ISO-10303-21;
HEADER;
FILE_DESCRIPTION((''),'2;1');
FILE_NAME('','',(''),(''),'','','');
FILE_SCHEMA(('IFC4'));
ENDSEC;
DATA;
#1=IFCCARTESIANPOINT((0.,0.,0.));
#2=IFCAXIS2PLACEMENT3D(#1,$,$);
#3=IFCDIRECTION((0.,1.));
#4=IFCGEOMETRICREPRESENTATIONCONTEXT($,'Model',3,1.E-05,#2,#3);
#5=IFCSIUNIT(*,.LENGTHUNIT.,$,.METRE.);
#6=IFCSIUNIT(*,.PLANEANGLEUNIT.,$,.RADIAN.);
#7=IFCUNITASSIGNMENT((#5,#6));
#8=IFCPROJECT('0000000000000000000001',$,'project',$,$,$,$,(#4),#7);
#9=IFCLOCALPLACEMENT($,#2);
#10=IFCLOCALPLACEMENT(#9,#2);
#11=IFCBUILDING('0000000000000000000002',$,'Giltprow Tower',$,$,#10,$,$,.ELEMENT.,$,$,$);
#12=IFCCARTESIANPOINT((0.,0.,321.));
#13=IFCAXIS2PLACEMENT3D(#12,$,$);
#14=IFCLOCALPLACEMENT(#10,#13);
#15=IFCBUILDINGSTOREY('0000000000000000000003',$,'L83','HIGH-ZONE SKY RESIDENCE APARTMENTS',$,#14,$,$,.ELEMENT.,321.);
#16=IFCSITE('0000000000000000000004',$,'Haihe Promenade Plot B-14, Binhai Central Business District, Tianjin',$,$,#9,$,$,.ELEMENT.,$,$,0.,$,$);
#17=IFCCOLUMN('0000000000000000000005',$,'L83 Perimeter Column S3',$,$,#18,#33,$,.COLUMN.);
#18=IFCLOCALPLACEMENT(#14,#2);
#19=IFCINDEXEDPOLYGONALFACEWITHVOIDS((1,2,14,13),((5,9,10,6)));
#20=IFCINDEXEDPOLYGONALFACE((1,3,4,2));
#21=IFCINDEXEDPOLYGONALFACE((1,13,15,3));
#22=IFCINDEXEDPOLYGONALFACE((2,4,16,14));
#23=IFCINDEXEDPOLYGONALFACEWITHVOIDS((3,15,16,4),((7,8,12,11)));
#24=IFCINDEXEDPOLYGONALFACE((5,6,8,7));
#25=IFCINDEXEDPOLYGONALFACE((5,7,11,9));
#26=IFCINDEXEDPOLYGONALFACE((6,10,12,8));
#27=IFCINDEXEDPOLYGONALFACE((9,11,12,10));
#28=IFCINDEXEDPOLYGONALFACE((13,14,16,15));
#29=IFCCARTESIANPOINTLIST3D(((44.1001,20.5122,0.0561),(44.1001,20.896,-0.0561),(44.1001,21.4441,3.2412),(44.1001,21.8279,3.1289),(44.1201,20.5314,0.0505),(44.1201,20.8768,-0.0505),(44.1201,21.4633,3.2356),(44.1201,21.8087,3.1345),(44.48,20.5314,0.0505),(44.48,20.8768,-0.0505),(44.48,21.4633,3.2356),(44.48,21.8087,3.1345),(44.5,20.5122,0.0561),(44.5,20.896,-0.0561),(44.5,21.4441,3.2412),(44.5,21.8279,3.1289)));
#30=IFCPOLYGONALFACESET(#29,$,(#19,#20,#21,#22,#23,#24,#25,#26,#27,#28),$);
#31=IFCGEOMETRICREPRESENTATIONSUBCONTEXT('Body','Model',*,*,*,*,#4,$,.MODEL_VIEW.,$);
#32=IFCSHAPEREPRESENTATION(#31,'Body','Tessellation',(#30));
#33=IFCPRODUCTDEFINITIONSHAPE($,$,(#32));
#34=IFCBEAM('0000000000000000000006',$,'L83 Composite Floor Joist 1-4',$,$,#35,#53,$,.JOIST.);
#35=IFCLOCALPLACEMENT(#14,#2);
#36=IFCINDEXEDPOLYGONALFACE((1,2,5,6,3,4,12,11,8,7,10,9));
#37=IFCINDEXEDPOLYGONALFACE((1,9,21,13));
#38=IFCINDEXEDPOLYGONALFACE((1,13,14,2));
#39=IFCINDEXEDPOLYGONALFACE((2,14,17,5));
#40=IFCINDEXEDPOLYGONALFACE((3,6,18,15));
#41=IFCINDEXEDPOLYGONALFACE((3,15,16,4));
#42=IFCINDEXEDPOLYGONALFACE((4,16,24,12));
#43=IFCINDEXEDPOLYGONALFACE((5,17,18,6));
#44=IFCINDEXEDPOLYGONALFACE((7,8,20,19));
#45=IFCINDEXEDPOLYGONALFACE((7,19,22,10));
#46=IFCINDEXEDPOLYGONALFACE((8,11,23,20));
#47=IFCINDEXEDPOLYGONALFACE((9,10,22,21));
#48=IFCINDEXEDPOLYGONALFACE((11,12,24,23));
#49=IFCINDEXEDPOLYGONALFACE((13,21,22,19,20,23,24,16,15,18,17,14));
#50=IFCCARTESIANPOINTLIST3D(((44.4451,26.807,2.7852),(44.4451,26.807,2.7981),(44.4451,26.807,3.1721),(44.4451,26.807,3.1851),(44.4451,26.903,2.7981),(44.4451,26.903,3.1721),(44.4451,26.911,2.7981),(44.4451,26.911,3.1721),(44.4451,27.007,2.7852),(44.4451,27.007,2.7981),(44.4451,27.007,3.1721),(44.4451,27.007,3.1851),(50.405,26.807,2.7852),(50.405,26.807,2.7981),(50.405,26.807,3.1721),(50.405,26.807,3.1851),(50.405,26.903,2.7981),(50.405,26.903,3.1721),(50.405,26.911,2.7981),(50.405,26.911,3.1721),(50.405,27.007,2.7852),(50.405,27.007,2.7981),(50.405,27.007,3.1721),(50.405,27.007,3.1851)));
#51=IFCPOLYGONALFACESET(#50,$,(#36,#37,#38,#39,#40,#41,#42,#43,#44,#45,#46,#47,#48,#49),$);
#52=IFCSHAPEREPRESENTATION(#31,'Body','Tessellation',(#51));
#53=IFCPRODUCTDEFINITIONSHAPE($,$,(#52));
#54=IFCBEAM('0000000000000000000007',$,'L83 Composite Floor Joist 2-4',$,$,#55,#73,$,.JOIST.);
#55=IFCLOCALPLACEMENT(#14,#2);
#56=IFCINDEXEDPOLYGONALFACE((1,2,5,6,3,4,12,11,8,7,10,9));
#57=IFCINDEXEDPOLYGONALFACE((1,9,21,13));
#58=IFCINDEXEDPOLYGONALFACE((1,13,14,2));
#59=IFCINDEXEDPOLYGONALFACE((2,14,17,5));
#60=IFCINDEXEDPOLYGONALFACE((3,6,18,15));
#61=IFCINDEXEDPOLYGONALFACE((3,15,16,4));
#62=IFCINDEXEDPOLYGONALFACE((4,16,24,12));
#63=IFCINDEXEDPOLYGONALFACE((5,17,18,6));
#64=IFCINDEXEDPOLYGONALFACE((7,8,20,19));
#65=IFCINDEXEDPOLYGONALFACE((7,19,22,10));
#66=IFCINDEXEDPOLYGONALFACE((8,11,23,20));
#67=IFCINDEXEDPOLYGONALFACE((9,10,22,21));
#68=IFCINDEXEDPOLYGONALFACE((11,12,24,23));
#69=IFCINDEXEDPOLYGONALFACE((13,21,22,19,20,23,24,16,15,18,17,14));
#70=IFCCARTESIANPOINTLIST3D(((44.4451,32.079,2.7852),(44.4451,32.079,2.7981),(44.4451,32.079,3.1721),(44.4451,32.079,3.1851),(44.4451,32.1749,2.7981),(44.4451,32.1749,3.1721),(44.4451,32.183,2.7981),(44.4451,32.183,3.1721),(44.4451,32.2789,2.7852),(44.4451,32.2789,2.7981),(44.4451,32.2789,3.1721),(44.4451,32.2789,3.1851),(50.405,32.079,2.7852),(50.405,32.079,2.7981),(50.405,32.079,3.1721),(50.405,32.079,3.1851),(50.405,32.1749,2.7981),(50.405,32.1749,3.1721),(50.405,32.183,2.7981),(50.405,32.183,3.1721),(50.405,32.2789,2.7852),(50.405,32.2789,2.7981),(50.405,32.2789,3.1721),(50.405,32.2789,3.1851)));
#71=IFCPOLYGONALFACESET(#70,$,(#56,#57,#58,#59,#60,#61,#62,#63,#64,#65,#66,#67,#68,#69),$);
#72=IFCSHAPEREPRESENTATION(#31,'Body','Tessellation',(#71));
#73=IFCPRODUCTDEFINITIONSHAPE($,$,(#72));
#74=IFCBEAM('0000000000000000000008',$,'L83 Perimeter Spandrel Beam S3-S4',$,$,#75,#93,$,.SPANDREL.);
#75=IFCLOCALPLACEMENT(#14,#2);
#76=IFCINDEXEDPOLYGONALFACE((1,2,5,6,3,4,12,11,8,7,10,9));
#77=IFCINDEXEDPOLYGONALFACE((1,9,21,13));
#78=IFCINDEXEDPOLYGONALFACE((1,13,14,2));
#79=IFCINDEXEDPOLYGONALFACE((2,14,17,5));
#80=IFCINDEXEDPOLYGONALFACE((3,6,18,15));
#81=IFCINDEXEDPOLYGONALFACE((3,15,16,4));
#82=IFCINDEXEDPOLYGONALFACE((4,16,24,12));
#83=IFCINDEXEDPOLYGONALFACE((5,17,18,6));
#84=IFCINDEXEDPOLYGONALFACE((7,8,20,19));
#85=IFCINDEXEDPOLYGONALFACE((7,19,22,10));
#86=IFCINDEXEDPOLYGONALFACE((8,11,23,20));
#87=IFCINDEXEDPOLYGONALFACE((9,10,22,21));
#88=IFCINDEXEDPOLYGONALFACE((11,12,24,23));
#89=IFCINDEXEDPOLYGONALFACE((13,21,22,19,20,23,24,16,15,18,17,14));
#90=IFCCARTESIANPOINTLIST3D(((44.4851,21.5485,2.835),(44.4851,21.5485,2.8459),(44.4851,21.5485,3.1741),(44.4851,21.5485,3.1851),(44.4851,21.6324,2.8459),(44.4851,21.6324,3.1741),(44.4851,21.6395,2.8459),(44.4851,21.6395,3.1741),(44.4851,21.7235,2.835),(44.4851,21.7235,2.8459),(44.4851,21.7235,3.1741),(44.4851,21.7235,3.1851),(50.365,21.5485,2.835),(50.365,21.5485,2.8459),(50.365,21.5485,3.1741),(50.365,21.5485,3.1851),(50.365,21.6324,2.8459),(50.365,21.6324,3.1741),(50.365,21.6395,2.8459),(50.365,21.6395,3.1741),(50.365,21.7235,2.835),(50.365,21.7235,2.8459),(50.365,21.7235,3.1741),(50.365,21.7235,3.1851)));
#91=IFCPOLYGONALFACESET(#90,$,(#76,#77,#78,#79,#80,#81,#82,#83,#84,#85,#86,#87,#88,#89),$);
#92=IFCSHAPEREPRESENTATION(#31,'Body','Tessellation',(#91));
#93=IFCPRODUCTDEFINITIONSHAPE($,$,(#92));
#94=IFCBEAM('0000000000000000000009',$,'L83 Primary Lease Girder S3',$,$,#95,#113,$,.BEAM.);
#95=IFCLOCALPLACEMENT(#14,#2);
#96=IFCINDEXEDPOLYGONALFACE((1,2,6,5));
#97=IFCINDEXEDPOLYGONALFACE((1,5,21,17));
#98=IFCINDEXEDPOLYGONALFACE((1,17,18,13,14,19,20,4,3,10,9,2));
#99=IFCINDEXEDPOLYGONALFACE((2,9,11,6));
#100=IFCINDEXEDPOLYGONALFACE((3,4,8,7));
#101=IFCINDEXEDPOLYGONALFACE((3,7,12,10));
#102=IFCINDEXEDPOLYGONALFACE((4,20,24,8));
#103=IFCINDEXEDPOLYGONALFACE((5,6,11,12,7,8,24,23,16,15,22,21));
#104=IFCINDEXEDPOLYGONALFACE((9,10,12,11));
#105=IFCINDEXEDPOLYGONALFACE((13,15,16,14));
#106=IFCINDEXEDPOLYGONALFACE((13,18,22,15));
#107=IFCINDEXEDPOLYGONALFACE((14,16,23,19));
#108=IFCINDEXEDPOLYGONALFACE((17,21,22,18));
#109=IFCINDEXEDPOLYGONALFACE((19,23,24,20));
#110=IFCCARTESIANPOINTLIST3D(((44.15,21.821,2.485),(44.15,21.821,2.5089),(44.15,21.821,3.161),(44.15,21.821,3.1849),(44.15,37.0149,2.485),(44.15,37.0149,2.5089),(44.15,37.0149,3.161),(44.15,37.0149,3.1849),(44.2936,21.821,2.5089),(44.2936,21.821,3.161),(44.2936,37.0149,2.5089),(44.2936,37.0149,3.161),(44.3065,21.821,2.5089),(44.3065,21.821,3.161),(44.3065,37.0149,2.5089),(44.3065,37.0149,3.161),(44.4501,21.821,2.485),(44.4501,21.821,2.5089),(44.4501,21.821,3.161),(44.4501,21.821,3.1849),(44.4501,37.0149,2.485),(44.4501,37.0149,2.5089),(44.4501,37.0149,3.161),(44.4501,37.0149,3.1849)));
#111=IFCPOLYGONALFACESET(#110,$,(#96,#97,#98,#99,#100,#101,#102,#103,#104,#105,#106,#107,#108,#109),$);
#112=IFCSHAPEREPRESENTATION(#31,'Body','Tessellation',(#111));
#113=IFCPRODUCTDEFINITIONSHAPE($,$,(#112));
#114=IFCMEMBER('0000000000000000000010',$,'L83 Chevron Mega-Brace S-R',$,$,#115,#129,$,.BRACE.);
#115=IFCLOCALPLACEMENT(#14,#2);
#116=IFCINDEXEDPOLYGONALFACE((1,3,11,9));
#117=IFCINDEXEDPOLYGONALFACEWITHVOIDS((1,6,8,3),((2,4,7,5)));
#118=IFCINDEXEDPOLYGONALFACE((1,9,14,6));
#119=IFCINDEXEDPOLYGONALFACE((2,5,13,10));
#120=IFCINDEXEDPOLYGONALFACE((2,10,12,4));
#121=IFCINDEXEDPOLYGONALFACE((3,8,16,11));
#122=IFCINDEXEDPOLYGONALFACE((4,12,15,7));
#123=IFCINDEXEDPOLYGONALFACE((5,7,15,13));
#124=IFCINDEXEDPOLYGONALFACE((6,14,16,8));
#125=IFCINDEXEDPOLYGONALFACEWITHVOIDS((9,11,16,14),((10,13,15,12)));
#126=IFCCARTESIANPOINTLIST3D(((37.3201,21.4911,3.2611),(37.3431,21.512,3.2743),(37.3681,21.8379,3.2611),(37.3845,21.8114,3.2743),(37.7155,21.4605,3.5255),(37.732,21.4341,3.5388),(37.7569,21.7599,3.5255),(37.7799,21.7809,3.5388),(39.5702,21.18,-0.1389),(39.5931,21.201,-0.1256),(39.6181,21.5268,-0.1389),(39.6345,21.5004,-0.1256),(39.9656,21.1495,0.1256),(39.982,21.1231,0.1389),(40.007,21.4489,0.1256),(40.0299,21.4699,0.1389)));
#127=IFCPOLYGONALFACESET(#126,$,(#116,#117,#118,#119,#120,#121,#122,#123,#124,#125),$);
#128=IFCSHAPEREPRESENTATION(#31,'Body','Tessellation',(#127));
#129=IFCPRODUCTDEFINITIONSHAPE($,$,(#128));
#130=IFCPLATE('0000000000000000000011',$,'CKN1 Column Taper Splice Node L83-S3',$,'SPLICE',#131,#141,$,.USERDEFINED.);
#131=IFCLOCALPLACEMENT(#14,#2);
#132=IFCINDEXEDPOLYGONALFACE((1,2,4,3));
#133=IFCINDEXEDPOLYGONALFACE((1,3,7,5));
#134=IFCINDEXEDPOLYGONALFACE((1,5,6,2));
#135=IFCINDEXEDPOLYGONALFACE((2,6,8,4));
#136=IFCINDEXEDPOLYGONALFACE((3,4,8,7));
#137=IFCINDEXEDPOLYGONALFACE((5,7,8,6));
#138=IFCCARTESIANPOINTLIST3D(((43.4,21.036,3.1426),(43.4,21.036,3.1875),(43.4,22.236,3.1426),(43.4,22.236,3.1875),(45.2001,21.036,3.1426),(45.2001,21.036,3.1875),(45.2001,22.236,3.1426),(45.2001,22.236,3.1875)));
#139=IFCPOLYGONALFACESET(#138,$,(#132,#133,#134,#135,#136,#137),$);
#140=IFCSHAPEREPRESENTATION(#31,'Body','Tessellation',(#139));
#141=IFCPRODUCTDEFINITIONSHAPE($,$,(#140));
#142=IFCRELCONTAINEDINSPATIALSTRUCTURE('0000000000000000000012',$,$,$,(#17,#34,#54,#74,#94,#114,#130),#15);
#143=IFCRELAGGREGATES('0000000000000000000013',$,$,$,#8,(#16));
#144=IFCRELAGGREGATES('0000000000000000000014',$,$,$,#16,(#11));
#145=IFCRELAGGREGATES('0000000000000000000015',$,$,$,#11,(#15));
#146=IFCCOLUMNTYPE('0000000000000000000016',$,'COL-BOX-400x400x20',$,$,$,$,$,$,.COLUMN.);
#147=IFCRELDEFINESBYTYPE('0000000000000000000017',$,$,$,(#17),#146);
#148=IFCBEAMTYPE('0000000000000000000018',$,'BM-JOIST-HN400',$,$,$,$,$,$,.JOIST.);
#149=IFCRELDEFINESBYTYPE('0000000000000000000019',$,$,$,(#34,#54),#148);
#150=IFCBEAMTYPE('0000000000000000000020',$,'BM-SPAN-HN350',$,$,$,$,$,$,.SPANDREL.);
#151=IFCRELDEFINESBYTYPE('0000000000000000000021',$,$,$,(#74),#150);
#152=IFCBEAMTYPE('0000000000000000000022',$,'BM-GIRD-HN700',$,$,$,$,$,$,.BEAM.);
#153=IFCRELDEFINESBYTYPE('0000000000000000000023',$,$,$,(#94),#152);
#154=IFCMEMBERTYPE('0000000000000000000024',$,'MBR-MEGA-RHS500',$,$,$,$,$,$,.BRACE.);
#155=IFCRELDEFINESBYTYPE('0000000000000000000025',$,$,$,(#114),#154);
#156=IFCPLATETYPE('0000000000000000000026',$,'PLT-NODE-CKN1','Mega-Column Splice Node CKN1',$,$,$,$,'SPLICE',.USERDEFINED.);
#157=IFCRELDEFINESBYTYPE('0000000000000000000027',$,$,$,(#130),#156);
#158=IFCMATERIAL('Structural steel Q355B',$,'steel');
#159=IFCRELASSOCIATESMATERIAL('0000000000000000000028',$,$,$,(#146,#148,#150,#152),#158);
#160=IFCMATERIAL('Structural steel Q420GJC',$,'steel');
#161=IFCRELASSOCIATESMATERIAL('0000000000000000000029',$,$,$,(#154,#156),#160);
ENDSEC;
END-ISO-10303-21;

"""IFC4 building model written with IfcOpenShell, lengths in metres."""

from ifc_helpers import new_model, si_unit, direction, frame, origin, origin_2d, place, context, subcontext, project, spatial, rectangle, hollow_rectangle, i_section, extrude, source, transform, mapped, material, material_profile, profile_set, type_object, element, save


model = new_model("IFC4")

# Units and contexts
model_context = context("Model", 3, precision=1e-05, world=origin(), true_north=direction((0.0, 1.0)))
body_context = subcontext(model_context, "Body", "Model", "MODEL_VIEW")
ifc_project = project(units=[si_unit("LENGTHUNIT", "METRE"), si_unit("PLANEANGLEUNIT", "RADIAN")], contexts=[model_context])

# Site, building, storey
site_placement = place(None, origin())
site = spatial("IfcSite", under=ifc_project, at=site_placement, Name="Haihe Promenade Plot B-14, Binhai Central Business District, Tianjin", CompositionType="ELEMENT", RefElevation=0.0)
building_placement = place(site_placement, origin())
building = spatial("IfcBuilding", under=site, at=building_placement, Name="Giltprow Tower", CompositionType="ELEMENT")
storey_placement = place(building_placement, frame((0.0, 0.0, 321.0)))
storey = spatial("IfcBuildingStorey", under=building, at=storey_placement, Name="L83", Description="HIGH-ZONE SKY RESIDENCE APARTMENTS", CompositionType="ELEMENT", Elevation=321.0)

# Column
ifc_material_1 = material(Name="Structural steel Q355B", Category="steel")
ifc_material_profile_1 = material_profile(ifc_material_1, hollow_rectangle(XDim=0.3999, YDim=0.3999, WallThickness=0.02, at=origin_2d()), Name="BOX 400x400x20")
ifc_profile_set_1 = profile_set([ifc_material_profile_1], Name="Structural steel Q355B")
column_type = type_object("IfcColumnType", Name="COL-BOX-400x400x20", PredefinedType="COLUMN", material=ifc_profile_set_1)
shared_shape_1 = source(origin(), body_context, "Body", "SweptSolid", [
    extrude(hollow_rectangle(XDim=0.3999, YDim=0.3999, WallThickness=0.02, at=origin_2d()), origin(), (0.0, 0.0, 1.0), 3.3186),
])
column_placement = place(storey_placement, frame((44.3, 20.7041, 0.0), z_axis=(0.0, 0.280808, 0.959764), x_axis=(-1.0, 0.0, 0.0)))
element("IfcColumn", 1, at=column_placement, inside=storey, type_object=column_type, Name="L83 Perimeter Column S3", PredefinedType="COLUMN", context=body_context, shape_type="MappedRepresentation", body=[
    mapped(shared_shape_1, transform((0.0, 0.0, 0.0), x_axis=(1.0, 0.0, 0.0), y_axis=(0.0, 1.0, 0.0), z_axis=(0.0, 0.0, 1.0), scale=1.0)),
])

# Beams
ifc_material_profile_2 = material_profile(ifc_material_1, i_section(OverallWidth=0.2, OverallDepth=0.3999, WebThickness=0.0081, FlangeThickness=0.0129, at=origin_2d()), Name="HN 400x200x8x13")
ifc_profile_set_2 = profile_set([ifc_material_profile_2], Name="Structural steel Q355B")
beam_type_1 = type_object("IfcBeamType", Name="BM-JOIST-HN400", PredefinedType="JOIST", material=ifc_profile_set_2)
shared_shape_2 = source(origin(), body_context, "Body", "SweptSolid", [
    extrude(i_section(OverallWidth=0.2, OverallDepth=0.3999, WebThickness=0.0081, FlangeThickness=0.0129, at=origin_2d()), origin(), (0.0, 0.0, 1.0), 5.96),
])
for number, where, z_axis, x_axis, name in (
    (2, (44.4451, 26.907, 2.9851), (1.0, 0.0, 0.0), (0.0, 1.0, 0.0), "L83 Composite Floor Joist 1-4"),
    (3, (44.4451, 32.179, 2.9851), (1.0, 0.0, 0.0), (0.0, 1.0, 0.0), "L83 Composite Floor Joist 2-4"),
):
    element("IfcBeam", number, at=place(storey_placement, frame(where, z_axis=z_axis, x_axis=x_axis)), inside=storey, type_object=beam_type_1, Name=name, PredefinedType="JOIST", context=body_context, shape_type="MappedRepresentation", body=[
        mapped(shared_shape_2, transform((0.0, 0.0, 0.0), x_axis=(1.0, 0.0, 0.0), y_axis=(0.0, 1.0, 0.0), z_axis=(0.0, 0.0, 1.0), scale=1.0)),
    ])
ifc_material_profile_3 = material_profile(ifc_material_1, i_section(OverallWidth=0.175, OverallDepth=0.3501, WebThickness=0.0071, FlangeThickness=0.011, at=origin_2d()), Name="HN 350x175x7x11")
ifc_profile_set_3 = profile_set([ifc_material_profile_3], Name="Structural steel Q355B")
beam_type_2 = type_object("IfcBeamType", Name="BM-SPAN-HN350", PredefinedType="SPANDREL", material=ifc_profile_set_3)
shared_shape_3 = source(origin(), body_context, "Body", "SweptSolid", [
    extrude(i_section(OverallWidth=0.175, OverallDepth=0.3501, WebThickness=0.0071, FlangeThickness=0.011, at=origin_2d()), origin(), (0.0, 0.0, 1.0), 5.8799),
])
beam_1_placement = place(storey_placement, frame((44.4851, 21.636, 3.01), z_axis=(1.0, 0.0, 0.0), x_axis=(0.0, 1.0, 0.0)))
element("IfcBeam", 4, at=beam_1_placement, inside=storey, type_object=beam_type_2, Name="L83 Perimeter Spandrel Beam S3-S4", PredefinedType="SPANDREL", context=body_context, shape_type="MappedRepresentation", body=[
    mapped(shared_shape_3, transform((0.0, 0.0, 0.0), x_axis=(1.0, 0.0, 0.0), y_axis=(0.0, 1.0, 0.0), z_axis=(0.0, 0.0, 1.0), scale=1.0)),
])
ifc_material_profile_4 = material_profile(ifc_material_1, i_section(OverallWidth=0.3, OverallDepth=0.7, WebThickness=0.0129, FlangeThickness=0.0239, at=origin_2d()), Name="HN 700x300x13x24")
ifc_profile_set_4 = profile_set([ifc_material_profile_4], Name="Structural steel Q355B")
beam_type_3 = type_object("IfcBeamType", Name="BM-GIRD-HN700", PredefinedType="BEAM", material=ifc_profile_set_4)
shared_shape_4 = source(origin(), body_context, "Body", "SweptSolid", [
    extrude(i_section(OverallWidth=0.3, OverallDepth=0.7, WebThickness=0.0129, FlangeThickness=0.0239, at=origin_2d()), origin(), (0.0, 0.0, 1.0), 15.1938),
])
beam_2_placement = place(storey_placement, frame((44.3, 21.821, 2.835), z_axis=(0.0, 1.0, 0.0), x_axis=(-1.0, 0.0, 0.0)))
element("IfcBeam", 5, at=beam_2_placement, inside=storey, type_object=beam_type_3, Name="L83 Primary Lease Girder S3", PredefinedType="BEAM", context=body_context, shape_type="MappedRepresentation", body=[
    mapped(shared_shape_4, transform((0.0, 0.0, 0.0), x_axis=(1.0, 0.0, 0.0), y_axis=(0.0, 1.0, 0.0), z_axis=(0.0, 0.0, 1.0), scale=1.0)),
])

# Member
ifc_material_2 = material(Name="Structural steel Q420GJC", Category="steel")
ifc_material_profile_5 = material_profile(ifc_material_2, hollow_rectangle(XDim=0.3501, YDim=0.5, WallThickness=0.0239, at=origin_2d()), Name="RHS 500x350x24")
ifc_profile_set_5 = profile_set([ifc_material_profile_5], Name="Structural steel Q420GJC")
member_type = type_object("IfcMemberType", Name="MBR-MEGA-RHS500", PredefinedType="BRACE", material=ifc_profile_set_5)
shared_shape_5 = source(origin(), body_context, "Body", "SweptSolid", [
    extrude(hollow_rectangle(XDim=0.3501, YDim=0.5, WallThickness=0.0239, at=origin_2d()), origin(), (0.0, 0.0, 1.0), 4.0889),
])
member_placement = place(storey_placement, frame((39.8, 21.325, 0.0), z_axis=(-0.550279, 0.076069, 0.831509), x_axis=(-0.136936, -0.99058, 0.0)))
element("IfcMember", 6, at=member_placement, inside=storey, type_object=member_type, Name="L83 Chevron Mega-Brace S-R", PredefinedType="BRACE", context=body_context, shape_type="MappedRepresentation", body=[
    mapped(shared_shape_5, transform((0.0, 0.0, 0.0), x_axis=(1.0, 0.0, 0.0), y_axis=(0.0, 1.0, 0.0), z_axis=(0.0, 0.0, 1.0), scale=1.0)),
])

# Plate
plate_type = type_object("IfcPlateType", Name="PLT-NODE-CKN1", Description="Mega-Column Splice Node CKN1", ElementType="SPLICE", PredefinedType="USERDEFINED", material=ifc_material_2)
shared_shape_6 = source(origin(), body_context, "Body", "SweptSolid", [
    extrude(rectangle(XDim=1.8, YDim=1.2, at=origin_2d()), origin(), (0.0, 0.0, 1.0), 0.0449),
])
plate_placement = place(storey_placement, frame((44.3, 21.636, 3.1426), z_axis=(0.0, 0.0, 1.0), x_axis=(1.0, 0.0, 0.0)))
element("IfcPlate", 7, at=plate_placement, inside=storey, type_object=plate_type, Name="CKN1 Column Taper Splice Node L83-S3", ObjectType="SPLICE", PredefinedType="USERDEFINED", context=body_context, shape_type="MappedRepresentation", body=[
    mapped(shared_shape_6, transform((0.0, 0.0, 0.0), x_axis=(1.0, 0.0, 0.0), y_axis=(0.0, 1.0, 0.0), z_axis=(0.0, 0.0, 1.0), scale=1.0)),
])

save(model, "model.ifc")
